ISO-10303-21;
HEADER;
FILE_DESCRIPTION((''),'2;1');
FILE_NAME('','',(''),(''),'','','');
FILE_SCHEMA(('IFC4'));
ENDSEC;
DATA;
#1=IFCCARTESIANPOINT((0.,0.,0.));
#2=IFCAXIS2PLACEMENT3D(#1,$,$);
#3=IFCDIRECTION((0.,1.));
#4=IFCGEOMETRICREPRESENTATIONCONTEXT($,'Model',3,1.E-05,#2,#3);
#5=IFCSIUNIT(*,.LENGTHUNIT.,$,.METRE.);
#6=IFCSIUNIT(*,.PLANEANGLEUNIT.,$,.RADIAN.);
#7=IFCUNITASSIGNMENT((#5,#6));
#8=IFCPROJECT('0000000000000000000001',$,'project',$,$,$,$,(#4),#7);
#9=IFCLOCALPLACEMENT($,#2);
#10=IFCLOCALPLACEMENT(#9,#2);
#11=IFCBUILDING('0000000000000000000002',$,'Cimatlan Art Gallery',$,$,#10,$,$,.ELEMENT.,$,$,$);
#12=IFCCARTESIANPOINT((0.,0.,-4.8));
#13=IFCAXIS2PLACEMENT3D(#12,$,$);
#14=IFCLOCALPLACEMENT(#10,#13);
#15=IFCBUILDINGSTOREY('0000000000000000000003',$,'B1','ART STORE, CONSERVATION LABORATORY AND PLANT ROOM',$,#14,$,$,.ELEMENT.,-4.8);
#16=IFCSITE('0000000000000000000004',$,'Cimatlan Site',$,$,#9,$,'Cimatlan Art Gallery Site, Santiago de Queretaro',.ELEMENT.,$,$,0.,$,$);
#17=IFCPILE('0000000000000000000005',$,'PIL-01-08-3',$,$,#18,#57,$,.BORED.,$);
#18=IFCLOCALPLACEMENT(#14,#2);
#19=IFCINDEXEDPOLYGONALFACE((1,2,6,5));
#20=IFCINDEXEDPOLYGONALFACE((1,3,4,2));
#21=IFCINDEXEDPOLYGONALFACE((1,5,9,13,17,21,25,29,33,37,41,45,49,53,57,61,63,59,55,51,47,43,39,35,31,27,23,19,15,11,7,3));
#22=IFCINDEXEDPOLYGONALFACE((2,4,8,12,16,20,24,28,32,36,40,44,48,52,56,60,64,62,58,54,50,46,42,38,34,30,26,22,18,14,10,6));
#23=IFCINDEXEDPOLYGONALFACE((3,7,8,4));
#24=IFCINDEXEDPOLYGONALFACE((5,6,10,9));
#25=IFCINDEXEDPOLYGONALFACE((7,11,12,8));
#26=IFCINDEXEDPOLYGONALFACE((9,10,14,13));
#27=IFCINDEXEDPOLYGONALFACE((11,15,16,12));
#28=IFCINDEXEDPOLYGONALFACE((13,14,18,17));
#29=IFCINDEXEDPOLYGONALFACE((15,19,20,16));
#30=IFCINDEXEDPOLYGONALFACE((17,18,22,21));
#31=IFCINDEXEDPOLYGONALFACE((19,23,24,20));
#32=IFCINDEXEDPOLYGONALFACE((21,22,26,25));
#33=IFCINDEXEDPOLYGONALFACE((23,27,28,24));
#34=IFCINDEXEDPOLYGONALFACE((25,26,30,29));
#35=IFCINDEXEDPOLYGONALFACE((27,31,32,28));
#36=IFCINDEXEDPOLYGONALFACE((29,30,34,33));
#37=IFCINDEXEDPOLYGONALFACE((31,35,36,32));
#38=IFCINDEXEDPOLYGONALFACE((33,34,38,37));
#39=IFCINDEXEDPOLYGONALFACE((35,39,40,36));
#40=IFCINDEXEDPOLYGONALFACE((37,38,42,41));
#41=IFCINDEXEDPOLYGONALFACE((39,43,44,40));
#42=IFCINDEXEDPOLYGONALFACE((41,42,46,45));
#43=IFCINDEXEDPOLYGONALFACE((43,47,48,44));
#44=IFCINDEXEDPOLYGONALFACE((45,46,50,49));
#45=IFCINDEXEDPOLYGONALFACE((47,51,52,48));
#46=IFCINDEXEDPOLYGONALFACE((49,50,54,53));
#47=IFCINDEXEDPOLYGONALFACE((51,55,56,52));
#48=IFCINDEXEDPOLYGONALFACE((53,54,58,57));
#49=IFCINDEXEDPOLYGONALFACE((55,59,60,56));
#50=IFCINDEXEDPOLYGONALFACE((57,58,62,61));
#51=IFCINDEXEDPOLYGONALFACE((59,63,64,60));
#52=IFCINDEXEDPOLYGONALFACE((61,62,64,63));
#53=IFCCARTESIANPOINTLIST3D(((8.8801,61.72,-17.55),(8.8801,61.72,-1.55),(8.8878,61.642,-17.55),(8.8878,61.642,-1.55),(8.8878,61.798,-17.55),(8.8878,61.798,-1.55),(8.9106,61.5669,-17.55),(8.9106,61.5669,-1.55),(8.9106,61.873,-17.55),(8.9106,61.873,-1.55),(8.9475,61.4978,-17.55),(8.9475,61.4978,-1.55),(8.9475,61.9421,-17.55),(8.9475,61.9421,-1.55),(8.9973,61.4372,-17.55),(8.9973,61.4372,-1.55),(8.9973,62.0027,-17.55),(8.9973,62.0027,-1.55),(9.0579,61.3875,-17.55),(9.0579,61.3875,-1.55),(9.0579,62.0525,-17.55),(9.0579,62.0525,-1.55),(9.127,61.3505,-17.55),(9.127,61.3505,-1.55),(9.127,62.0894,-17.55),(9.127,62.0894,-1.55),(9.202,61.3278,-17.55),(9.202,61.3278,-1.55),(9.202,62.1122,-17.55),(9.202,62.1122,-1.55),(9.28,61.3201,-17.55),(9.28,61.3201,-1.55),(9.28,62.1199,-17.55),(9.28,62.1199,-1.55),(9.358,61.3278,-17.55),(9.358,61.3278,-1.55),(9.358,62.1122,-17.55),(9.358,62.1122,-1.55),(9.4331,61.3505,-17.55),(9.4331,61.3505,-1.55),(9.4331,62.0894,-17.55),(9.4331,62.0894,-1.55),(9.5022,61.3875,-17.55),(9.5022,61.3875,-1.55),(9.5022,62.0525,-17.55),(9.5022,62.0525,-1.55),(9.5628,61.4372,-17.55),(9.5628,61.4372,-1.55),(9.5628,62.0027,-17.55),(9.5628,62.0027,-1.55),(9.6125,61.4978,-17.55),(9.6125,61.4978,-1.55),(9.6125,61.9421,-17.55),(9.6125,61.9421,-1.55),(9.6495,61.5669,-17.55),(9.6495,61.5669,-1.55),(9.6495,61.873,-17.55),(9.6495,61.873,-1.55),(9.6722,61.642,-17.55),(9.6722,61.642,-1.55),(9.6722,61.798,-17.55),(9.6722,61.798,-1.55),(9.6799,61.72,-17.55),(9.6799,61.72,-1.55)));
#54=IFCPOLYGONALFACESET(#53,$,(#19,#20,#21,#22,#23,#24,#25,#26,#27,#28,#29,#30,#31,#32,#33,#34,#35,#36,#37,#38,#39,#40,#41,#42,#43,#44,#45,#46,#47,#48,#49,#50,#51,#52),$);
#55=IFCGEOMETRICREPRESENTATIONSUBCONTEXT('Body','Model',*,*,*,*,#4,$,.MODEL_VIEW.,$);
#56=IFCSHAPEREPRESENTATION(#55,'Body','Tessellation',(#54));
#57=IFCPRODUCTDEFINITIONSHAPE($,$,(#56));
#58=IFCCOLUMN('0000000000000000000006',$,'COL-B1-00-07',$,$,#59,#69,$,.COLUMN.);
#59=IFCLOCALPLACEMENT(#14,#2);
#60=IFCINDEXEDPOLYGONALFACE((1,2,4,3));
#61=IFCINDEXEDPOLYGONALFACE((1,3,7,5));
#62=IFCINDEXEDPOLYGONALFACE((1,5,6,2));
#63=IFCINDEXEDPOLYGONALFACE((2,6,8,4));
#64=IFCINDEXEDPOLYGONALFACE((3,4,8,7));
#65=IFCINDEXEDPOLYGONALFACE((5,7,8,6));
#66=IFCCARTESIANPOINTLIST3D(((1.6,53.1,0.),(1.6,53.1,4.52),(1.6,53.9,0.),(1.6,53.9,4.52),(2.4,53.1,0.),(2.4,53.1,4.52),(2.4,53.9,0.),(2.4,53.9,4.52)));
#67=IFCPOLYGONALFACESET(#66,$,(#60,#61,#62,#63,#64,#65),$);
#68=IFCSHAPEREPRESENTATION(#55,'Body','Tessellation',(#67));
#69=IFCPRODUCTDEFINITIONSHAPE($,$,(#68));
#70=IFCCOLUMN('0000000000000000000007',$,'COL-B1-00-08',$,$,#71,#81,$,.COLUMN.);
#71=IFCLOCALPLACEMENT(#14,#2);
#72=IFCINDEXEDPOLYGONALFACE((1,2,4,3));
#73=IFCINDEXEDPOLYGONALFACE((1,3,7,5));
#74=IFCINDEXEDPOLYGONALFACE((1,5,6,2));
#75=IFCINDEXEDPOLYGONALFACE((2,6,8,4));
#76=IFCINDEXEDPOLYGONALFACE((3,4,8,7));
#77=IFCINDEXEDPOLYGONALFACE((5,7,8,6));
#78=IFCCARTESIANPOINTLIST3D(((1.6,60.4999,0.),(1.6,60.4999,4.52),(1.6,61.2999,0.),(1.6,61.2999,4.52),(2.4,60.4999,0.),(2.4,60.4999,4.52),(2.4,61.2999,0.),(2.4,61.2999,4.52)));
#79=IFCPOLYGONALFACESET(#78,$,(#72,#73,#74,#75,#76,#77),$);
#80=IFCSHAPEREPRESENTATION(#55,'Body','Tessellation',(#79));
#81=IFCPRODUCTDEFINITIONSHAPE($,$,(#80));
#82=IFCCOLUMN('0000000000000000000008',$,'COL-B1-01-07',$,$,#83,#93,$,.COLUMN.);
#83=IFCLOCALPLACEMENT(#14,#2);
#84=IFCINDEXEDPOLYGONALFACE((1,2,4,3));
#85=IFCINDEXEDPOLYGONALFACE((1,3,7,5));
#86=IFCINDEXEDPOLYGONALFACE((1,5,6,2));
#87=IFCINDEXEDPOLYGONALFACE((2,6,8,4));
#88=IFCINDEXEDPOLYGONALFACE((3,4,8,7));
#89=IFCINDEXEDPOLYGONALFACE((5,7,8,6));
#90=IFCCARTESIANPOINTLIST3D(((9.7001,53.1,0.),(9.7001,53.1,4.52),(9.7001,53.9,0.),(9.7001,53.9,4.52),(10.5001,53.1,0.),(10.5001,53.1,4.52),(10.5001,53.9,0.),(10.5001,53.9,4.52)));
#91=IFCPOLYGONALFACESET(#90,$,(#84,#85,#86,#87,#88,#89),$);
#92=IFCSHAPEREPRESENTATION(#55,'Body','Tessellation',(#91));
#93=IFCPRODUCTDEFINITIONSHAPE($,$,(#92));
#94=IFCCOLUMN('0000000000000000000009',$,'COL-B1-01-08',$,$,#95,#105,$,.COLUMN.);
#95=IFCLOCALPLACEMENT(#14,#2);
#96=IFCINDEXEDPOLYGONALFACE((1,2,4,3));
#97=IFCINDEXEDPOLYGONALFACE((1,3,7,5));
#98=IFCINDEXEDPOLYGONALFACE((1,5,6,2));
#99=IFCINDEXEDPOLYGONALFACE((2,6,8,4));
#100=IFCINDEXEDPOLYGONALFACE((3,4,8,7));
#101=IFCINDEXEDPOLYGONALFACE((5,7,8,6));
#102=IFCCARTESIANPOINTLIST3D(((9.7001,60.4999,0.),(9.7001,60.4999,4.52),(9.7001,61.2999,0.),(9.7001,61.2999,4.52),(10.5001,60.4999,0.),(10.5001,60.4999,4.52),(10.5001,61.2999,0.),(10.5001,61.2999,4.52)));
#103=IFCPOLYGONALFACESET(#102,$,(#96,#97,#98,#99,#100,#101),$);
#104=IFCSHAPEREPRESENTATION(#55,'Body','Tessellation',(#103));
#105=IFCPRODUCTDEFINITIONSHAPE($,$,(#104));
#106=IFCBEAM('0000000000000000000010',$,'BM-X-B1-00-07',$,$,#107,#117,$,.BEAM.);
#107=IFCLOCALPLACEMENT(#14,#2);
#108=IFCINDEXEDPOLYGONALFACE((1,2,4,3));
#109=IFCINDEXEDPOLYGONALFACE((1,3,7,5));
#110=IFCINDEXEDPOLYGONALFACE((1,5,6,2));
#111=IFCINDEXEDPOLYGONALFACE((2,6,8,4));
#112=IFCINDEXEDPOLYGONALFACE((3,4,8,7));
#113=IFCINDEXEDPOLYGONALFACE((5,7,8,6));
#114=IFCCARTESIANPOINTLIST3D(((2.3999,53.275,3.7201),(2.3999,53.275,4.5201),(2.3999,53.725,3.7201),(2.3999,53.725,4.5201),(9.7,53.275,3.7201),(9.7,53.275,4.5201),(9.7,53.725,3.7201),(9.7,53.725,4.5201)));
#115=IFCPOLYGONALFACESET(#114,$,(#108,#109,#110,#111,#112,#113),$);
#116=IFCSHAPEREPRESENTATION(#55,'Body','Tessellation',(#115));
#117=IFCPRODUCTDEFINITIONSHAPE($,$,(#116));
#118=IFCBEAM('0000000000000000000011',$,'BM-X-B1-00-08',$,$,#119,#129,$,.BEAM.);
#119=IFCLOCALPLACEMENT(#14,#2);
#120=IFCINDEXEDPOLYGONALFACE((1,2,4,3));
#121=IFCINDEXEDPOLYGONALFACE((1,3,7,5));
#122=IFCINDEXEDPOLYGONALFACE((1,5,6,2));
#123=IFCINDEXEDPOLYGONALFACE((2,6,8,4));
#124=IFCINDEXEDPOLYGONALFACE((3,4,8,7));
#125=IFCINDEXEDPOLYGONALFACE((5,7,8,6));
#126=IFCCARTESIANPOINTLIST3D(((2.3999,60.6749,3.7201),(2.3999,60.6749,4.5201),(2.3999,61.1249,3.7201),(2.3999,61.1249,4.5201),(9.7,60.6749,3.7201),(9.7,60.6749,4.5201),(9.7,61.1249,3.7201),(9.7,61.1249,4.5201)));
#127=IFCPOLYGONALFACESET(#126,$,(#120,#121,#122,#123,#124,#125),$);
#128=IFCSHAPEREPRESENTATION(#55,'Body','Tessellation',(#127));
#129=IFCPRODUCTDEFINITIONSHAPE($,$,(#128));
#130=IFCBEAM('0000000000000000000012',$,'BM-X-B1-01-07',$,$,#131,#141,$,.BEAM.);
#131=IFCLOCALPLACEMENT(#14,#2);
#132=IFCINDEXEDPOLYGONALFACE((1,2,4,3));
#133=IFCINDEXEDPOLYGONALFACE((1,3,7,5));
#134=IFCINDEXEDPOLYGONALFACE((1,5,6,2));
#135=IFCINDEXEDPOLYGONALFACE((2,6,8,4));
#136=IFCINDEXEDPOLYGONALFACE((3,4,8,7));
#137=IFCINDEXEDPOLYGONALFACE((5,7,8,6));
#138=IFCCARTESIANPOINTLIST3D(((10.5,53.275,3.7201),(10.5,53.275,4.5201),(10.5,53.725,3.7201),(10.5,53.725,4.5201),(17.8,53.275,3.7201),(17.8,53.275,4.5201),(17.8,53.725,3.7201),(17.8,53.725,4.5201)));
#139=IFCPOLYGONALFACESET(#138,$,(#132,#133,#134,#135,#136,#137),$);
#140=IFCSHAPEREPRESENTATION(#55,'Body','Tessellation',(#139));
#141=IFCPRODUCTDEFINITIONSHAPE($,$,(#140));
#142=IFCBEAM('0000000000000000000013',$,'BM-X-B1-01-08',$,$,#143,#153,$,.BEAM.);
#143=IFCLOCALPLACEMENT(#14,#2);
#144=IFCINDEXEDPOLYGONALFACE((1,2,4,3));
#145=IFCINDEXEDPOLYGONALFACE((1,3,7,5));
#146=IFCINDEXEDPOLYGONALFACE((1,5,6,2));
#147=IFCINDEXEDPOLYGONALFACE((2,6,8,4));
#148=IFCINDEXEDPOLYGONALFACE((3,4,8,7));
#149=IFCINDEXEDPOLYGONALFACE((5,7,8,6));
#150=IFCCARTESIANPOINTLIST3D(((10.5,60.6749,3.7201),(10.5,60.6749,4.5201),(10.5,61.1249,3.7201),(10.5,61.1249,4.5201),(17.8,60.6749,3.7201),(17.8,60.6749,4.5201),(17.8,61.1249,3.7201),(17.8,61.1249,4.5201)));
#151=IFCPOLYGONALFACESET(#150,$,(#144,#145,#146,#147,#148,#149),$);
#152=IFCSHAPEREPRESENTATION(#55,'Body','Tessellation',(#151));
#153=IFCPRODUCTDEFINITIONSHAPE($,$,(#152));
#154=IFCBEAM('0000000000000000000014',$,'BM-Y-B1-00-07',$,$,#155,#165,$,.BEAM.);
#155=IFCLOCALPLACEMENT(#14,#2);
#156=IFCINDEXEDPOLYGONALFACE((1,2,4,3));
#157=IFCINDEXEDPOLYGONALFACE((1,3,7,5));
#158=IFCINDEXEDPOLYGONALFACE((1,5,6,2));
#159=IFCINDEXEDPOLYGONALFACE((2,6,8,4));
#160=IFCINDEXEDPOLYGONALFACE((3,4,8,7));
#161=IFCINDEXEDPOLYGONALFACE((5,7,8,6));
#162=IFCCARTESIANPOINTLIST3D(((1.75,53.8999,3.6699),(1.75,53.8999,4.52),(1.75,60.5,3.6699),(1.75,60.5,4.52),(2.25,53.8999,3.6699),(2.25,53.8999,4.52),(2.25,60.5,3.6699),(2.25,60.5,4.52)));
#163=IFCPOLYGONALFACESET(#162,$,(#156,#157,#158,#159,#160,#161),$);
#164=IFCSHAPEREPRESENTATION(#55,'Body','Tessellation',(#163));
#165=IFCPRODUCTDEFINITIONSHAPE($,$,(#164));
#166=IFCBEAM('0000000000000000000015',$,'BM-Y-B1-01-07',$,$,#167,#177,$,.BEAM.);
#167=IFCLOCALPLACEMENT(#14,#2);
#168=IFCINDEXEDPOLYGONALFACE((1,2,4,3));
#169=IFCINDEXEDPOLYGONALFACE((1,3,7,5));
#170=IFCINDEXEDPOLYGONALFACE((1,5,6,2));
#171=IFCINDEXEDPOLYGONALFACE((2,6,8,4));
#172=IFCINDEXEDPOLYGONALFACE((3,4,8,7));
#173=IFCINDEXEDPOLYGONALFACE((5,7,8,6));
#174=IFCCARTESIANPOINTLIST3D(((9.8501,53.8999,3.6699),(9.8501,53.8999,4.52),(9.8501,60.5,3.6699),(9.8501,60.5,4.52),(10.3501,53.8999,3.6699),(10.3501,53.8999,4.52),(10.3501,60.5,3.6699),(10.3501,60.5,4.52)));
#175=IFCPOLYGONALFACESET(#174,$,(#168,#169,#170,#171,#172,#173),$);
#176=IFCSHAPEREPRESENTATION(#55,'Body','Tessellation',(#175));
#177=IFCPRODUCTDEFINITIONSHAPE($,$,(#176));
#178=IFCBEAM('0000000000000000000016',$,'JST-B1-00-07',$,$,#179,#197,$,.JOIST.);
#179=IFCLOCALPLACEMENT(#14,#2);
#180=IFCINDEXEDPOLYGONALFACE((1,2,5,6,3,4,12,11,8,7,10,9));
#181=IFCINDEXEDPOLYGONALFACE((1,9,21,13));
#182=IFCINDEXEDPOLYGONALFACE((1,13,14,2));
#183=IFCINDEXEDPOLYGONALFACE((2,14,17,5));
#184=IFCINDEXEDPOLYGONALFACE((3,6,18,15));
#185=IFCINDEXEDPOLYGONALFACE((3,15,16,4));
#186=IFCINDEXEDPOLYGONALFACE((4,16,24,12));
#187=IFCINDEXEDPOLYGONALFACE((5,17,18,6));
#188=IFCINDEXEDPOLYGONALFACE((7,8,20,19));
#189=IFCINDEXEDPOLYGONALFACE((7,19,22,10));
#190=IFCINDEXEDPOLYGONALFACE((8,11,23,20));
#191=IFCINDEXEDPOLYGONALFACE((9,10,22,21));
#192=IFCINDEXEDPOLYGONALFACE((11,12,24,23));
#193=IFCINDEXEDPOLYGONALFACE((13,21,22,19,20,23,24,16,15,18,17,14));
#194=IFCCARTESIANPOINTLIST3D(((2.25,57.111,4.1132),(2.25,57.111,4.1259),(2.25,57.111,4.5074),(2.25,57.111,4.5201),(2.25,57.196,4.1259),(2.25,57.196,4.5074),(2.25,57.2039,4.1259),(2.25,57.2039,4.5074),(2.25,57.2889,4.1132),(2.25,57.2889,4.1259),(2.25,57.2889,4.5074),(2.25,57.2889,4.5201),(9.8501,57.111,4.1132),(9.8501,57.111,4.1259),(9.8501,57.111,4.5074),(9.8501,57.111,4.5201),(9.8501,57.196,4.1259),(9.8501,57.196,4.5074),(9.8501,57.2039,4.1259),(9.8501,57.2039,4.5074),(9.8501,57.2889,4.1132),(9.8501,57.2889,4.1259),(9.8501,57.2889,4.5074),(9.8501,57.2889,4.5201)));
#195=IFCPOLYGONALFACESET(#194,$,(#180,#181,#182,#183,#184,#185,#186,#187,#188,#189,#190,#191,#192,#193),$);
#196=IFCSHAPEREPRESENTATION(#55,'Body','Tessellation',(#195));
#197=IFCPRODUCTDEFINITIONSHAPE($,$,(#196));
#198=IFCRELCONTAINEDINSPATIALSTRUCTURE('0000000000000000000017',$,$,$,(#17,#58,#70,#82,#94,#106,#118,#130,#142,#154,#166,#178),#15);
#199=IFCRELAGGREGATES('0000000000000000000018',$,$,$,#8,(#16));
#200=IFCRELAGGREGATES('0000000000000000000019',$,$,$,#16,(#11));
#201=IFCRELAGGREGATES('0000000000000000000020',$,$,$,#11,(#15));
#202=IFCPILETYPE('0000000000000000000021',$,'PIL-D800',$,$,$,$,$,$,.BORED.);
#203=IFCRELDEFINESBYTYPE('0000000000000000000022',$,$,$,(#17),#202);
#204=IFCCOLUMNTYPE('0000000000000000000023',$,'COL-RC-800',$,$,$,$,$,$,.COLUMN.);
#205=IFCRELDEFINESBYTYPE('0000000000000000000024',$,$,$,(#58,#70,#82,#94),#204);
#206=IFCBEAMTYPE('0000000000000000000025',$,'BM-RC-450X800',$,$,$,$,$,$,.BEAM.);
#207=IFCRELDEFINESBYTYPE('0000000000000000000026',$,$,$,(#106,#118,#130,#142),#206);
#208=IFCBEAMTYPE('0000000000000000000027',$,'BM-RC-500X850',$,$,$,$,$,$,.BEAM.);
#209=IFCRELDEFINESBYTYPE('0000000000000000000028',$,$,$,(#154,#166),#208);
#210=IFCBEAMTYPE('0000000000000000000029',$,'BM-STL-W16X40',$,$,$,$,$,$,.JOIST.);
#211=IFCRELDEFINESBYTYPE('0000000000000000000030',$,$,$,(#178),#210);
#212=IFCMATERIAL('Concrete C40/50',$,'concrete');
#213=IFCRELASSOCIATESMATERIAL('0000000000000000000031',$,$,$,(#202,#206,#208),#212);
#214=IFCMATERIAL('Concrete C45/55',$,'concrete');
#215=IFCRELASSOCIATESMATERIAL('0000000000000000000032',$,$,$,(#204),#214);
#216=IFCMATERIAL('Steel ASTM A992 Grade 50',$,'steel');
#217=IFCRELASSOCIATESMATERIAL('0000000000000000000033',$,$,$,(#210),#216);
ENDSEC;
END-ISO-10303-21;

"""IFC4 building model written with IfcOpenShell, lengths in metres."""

from ifc_helpers import new_model, si_unit, direction, frame, origin, origin_2d, place, context, subcontext, project, spatial, rectangle, circle, i_section, extrude, material, material_profile, profile_set, type_object, element, save


model = new_model("IFC4")

# Units and contexts
model_context = context("Model", 3, precision=1e-05, world=origin(), true_north=direction((0.0, 1.0)))
body_context = subcontext(model_context, "Body", "Model", "MODEL_VIEW")
ifc_project = project(units=[si_unit("LENGTHUNIT", "METRE"), si_unit("PLANEANGLEUNIT", "RADIAN")], contexts=[model_context])

# Site, building, storey
site_placement = place(None, origin())
site = spatial("IfcSite", under=ifc_project, at=site_placement, Name="Cimatlan Site", LongName="Cimatlan Art Gallery Site, Santiago de Queretaro", CompositionType="ELEMENT", RefElevation=0.0)
building_placement = place(site_placement, origin())
building = spatial("IfcBuilding", under=site, at=building_placement, Name="Cimatlan Art Gallery", CompositionType="ELEMENT")
storey_placement = place(building_placement, frame((0.0, 0.0, -4.8)))
storey = spatial("IfcBuildingStorey", under=building, at=storey_placement, Name="B1", Description="ART STORE, CONSERVATION LABORATORY AND PLANT ROOM", CompositionType="ELEMENT", Elevation=-4.8)

# Shared definitions
ifc_material_1 = material(Name="Concrete C40/50", Category="concrete")

# Pile
pile_type_1 = type_object("IfcPileType", Name="PIL-D800", PredefinedType="BORED", material=ifc_material_1)
for number, where, z_axis, x_axis, name in (
    (1, (9.28, 61.72, -1.55), (0.0, 0.0, -1.0), (1.0, 0.0, 0.0), "PIL-01-08-3"),
):
    element("IfcPile", number, at=place(storey_placement, frame(where, z_axis=z_axis, x_axis=x_axis)), inside=storey, type_object=pile_type_1, Name=name, PredefinedType="BORED", context=body_context, shape_type="SweptSolid", body=[
        extrude(circle(Radius=0.3999, at=origin_2d()), origin(), (0.0, 0.0, 1.0), 16.0),
    ])

# Columns
ifc_material_2 = material(Name="Concrete C45/55", Category="concrete")
ifc_material_profile_1 = material_profile(ifc_material_2, rectangle(XDim=0.8, YDim=0.8, at=origin_2d()), Name="RC800X800")
ifc_profile_set_1 = profile_set([ifc_material_profile_1], Name="Concrete C45/55")
column_type = type_object("IfcColumnType", Name="COL-RC-800", PredefinedType="COLUMN", material=ifc_profile_set_1)
for number, where, z_axis, x_axis, name in (
    (2, (2.0, 53.5, 0.0), (0.0, 0.0, 1.0), (1.0, 0.0, 0.0), "COL-B1-00-07"),
    (3, (2.0, 60.8999, 0.0), (0.0, 0.0, 1.0), (1.0, 0.0, 0.0), "COL-B1-00-08"),
    (4, (10.1001, 53.5, 0.0), (0.0, 0.0, 1.0), (1.0, 0.0, 0.0), "COL-B1-01-07"),
    (5, (10.1001, 60.8999, 0.0), (0.0, 0.0, 1.0), (1.0, 0.0, 0.0), "COL-B1-01-08"),
):
    element("IfcColumn", number, at=place(storey_placement, frame(where, z_axis=z_axis, x_axis=x_axis)), inside=storey, type_object=column_type, Name=name, PredefinedType="COLUMN", context=body_context, shape_type="SweptSolid", body=[
        extrude(rectangle(XDim=0.8, YDim=0.8, at=origin_2d()), origin(), (0.0, 0.0, 1.0), 4.52),
    ])

# Beams
ifc_material_profile_2 = material_profile(ifc_material_1, rectangle(XDim=0.45, YDim=0.8, at=origin_2d()), Name="RC450X800")
ifc_profile_set_2 = profile_set([ifc_material_profile_2], Name="Concrete C40/50")
beam_type_1 = type_object("IfcBeamType", Name="BM-RC-450X800", PredefinedType="BEAM", material=ifc_profile_set_2)
for number, where, z_axis, x_axis, name in (
    (6, (2.3999, 53.5, 4.1201), (1.0, 0.0, 0.0), (0.0, 1.0, 0.0), "BM-X-B1-00-07"),
    (7, (2.3999, 60.8999, 4.1201), (1.0, 0.0, 0.0), (0.0, 1.0, 0.0), "BM-X-B1-00-08"),
    (8, (10.5, 53.5, 4.1201), (1.0, 0.0, 0.0), (0.0, 1.0, 0.0), "BM-X-B1-01-07"),
    (9, (10.5, 60.8999, 4.1201), (1.0, 0.0, 0.0), (0.0, 1.0, 0.0), "BM-X-B1-01-08"),
):
    element("IfcBeam", number, at=place(storey_placement, frame(where, z_axis=z_axis, x_axis=x_axis)), inside=storey, type_object=beam_type_1, Name=name, PredefinedType="BEAM", context=body_context, shape_type="SweptSolid", body=[
        extrude(rectangle(XDim=0.45, YDim=0.8, at=origin_2d()), origin(), (0.0, 0.0, 1.0), 7.3),
    ])
ifc_material_profile_3 = material_profile(ifc_material_1, rectangle(XDim=0.5, YDim=0.8501, at=origin_2d()), Name="RC500X850")
ifc_profile_set_3 = profile_set([ifc_material_profile_3], Name="Concrete C40/50")
beam_type_2 = type_object("IfcBeamType", Name="BM-RC-500X850", PredefinedType="BEAM", material=ifc_profile_set_3)
for number, where, z_axis, x_axis, name in (
    (10, (2.0, 53.8999, 4.095), (0.0, 1.0, 0.0), (-1.0, 0.0, 0.0), "BM-Y-B1-00-07"),
    (11, (10.1001, 53.8999, 4.095), (0.0, 1.0, 0.0), (-1.0, 0.0, 0.0), "BM-Y-B1-01-07"),
):
    element("IfcBeam", number, at=place(storey_placement, frame(where, z_axis=z_axis, x_axis=x_axis)), inside=storey, type_object=beam_type_2, Name=name, PredefinedType="BEAM", context=body_context, shape_type="SweptSolid", body=[
        extrude(rectangle(XDim=0.5, YDim=0.8501, at=origin_2d()), origin(), (0.0, 0.0, 1.0), 6.6001),
    ])
ifc_material_3 = material(Name="Steel ASTM A992 Grade 50", Category="steel")
ifc_material_profile_4 = material_profile(ifc_material_3, i_section(OverallWidth=0.178, OverallDepth=0.407, WebThickness=0.0078, FlangeThickness=0.0127, at=origin_2d()), Name="W16X40")
ifc_profile_set_4 = profile_set([ifc_material_profile_4], Name="Steel ASTM A992 Grade 50")
beam_type_3 = type_object("IfcBeamType", Name="BM-STL-W16X40", PredefinedType="JOIST", material=ifc_profile_set_4)
beam_1_placement = place(storey_placement, frame((2.25, 57.2, 4.3167), z_axis=(1.0, 0.0, 0.0), x_axis=(0.0, 1.0, 0.0)))
element("IfcBeam", 12, at=beam_1_placement, inside=storey, type_object=beam_type_3, Name="JST-B1-00-07", PredefinedType="JOIST", context=body_context, shape_type="SweptSolid", body=[
    extrude(i_section(OverallWidth=0.178, OverallDepth=0.407, WebThickness=0.0078, FlangeThickness=0.0127, at=origin_2d()), origin(), (0.0, 0.0, 1.0), 7.6001),
])

save(model, "model.ifc")
